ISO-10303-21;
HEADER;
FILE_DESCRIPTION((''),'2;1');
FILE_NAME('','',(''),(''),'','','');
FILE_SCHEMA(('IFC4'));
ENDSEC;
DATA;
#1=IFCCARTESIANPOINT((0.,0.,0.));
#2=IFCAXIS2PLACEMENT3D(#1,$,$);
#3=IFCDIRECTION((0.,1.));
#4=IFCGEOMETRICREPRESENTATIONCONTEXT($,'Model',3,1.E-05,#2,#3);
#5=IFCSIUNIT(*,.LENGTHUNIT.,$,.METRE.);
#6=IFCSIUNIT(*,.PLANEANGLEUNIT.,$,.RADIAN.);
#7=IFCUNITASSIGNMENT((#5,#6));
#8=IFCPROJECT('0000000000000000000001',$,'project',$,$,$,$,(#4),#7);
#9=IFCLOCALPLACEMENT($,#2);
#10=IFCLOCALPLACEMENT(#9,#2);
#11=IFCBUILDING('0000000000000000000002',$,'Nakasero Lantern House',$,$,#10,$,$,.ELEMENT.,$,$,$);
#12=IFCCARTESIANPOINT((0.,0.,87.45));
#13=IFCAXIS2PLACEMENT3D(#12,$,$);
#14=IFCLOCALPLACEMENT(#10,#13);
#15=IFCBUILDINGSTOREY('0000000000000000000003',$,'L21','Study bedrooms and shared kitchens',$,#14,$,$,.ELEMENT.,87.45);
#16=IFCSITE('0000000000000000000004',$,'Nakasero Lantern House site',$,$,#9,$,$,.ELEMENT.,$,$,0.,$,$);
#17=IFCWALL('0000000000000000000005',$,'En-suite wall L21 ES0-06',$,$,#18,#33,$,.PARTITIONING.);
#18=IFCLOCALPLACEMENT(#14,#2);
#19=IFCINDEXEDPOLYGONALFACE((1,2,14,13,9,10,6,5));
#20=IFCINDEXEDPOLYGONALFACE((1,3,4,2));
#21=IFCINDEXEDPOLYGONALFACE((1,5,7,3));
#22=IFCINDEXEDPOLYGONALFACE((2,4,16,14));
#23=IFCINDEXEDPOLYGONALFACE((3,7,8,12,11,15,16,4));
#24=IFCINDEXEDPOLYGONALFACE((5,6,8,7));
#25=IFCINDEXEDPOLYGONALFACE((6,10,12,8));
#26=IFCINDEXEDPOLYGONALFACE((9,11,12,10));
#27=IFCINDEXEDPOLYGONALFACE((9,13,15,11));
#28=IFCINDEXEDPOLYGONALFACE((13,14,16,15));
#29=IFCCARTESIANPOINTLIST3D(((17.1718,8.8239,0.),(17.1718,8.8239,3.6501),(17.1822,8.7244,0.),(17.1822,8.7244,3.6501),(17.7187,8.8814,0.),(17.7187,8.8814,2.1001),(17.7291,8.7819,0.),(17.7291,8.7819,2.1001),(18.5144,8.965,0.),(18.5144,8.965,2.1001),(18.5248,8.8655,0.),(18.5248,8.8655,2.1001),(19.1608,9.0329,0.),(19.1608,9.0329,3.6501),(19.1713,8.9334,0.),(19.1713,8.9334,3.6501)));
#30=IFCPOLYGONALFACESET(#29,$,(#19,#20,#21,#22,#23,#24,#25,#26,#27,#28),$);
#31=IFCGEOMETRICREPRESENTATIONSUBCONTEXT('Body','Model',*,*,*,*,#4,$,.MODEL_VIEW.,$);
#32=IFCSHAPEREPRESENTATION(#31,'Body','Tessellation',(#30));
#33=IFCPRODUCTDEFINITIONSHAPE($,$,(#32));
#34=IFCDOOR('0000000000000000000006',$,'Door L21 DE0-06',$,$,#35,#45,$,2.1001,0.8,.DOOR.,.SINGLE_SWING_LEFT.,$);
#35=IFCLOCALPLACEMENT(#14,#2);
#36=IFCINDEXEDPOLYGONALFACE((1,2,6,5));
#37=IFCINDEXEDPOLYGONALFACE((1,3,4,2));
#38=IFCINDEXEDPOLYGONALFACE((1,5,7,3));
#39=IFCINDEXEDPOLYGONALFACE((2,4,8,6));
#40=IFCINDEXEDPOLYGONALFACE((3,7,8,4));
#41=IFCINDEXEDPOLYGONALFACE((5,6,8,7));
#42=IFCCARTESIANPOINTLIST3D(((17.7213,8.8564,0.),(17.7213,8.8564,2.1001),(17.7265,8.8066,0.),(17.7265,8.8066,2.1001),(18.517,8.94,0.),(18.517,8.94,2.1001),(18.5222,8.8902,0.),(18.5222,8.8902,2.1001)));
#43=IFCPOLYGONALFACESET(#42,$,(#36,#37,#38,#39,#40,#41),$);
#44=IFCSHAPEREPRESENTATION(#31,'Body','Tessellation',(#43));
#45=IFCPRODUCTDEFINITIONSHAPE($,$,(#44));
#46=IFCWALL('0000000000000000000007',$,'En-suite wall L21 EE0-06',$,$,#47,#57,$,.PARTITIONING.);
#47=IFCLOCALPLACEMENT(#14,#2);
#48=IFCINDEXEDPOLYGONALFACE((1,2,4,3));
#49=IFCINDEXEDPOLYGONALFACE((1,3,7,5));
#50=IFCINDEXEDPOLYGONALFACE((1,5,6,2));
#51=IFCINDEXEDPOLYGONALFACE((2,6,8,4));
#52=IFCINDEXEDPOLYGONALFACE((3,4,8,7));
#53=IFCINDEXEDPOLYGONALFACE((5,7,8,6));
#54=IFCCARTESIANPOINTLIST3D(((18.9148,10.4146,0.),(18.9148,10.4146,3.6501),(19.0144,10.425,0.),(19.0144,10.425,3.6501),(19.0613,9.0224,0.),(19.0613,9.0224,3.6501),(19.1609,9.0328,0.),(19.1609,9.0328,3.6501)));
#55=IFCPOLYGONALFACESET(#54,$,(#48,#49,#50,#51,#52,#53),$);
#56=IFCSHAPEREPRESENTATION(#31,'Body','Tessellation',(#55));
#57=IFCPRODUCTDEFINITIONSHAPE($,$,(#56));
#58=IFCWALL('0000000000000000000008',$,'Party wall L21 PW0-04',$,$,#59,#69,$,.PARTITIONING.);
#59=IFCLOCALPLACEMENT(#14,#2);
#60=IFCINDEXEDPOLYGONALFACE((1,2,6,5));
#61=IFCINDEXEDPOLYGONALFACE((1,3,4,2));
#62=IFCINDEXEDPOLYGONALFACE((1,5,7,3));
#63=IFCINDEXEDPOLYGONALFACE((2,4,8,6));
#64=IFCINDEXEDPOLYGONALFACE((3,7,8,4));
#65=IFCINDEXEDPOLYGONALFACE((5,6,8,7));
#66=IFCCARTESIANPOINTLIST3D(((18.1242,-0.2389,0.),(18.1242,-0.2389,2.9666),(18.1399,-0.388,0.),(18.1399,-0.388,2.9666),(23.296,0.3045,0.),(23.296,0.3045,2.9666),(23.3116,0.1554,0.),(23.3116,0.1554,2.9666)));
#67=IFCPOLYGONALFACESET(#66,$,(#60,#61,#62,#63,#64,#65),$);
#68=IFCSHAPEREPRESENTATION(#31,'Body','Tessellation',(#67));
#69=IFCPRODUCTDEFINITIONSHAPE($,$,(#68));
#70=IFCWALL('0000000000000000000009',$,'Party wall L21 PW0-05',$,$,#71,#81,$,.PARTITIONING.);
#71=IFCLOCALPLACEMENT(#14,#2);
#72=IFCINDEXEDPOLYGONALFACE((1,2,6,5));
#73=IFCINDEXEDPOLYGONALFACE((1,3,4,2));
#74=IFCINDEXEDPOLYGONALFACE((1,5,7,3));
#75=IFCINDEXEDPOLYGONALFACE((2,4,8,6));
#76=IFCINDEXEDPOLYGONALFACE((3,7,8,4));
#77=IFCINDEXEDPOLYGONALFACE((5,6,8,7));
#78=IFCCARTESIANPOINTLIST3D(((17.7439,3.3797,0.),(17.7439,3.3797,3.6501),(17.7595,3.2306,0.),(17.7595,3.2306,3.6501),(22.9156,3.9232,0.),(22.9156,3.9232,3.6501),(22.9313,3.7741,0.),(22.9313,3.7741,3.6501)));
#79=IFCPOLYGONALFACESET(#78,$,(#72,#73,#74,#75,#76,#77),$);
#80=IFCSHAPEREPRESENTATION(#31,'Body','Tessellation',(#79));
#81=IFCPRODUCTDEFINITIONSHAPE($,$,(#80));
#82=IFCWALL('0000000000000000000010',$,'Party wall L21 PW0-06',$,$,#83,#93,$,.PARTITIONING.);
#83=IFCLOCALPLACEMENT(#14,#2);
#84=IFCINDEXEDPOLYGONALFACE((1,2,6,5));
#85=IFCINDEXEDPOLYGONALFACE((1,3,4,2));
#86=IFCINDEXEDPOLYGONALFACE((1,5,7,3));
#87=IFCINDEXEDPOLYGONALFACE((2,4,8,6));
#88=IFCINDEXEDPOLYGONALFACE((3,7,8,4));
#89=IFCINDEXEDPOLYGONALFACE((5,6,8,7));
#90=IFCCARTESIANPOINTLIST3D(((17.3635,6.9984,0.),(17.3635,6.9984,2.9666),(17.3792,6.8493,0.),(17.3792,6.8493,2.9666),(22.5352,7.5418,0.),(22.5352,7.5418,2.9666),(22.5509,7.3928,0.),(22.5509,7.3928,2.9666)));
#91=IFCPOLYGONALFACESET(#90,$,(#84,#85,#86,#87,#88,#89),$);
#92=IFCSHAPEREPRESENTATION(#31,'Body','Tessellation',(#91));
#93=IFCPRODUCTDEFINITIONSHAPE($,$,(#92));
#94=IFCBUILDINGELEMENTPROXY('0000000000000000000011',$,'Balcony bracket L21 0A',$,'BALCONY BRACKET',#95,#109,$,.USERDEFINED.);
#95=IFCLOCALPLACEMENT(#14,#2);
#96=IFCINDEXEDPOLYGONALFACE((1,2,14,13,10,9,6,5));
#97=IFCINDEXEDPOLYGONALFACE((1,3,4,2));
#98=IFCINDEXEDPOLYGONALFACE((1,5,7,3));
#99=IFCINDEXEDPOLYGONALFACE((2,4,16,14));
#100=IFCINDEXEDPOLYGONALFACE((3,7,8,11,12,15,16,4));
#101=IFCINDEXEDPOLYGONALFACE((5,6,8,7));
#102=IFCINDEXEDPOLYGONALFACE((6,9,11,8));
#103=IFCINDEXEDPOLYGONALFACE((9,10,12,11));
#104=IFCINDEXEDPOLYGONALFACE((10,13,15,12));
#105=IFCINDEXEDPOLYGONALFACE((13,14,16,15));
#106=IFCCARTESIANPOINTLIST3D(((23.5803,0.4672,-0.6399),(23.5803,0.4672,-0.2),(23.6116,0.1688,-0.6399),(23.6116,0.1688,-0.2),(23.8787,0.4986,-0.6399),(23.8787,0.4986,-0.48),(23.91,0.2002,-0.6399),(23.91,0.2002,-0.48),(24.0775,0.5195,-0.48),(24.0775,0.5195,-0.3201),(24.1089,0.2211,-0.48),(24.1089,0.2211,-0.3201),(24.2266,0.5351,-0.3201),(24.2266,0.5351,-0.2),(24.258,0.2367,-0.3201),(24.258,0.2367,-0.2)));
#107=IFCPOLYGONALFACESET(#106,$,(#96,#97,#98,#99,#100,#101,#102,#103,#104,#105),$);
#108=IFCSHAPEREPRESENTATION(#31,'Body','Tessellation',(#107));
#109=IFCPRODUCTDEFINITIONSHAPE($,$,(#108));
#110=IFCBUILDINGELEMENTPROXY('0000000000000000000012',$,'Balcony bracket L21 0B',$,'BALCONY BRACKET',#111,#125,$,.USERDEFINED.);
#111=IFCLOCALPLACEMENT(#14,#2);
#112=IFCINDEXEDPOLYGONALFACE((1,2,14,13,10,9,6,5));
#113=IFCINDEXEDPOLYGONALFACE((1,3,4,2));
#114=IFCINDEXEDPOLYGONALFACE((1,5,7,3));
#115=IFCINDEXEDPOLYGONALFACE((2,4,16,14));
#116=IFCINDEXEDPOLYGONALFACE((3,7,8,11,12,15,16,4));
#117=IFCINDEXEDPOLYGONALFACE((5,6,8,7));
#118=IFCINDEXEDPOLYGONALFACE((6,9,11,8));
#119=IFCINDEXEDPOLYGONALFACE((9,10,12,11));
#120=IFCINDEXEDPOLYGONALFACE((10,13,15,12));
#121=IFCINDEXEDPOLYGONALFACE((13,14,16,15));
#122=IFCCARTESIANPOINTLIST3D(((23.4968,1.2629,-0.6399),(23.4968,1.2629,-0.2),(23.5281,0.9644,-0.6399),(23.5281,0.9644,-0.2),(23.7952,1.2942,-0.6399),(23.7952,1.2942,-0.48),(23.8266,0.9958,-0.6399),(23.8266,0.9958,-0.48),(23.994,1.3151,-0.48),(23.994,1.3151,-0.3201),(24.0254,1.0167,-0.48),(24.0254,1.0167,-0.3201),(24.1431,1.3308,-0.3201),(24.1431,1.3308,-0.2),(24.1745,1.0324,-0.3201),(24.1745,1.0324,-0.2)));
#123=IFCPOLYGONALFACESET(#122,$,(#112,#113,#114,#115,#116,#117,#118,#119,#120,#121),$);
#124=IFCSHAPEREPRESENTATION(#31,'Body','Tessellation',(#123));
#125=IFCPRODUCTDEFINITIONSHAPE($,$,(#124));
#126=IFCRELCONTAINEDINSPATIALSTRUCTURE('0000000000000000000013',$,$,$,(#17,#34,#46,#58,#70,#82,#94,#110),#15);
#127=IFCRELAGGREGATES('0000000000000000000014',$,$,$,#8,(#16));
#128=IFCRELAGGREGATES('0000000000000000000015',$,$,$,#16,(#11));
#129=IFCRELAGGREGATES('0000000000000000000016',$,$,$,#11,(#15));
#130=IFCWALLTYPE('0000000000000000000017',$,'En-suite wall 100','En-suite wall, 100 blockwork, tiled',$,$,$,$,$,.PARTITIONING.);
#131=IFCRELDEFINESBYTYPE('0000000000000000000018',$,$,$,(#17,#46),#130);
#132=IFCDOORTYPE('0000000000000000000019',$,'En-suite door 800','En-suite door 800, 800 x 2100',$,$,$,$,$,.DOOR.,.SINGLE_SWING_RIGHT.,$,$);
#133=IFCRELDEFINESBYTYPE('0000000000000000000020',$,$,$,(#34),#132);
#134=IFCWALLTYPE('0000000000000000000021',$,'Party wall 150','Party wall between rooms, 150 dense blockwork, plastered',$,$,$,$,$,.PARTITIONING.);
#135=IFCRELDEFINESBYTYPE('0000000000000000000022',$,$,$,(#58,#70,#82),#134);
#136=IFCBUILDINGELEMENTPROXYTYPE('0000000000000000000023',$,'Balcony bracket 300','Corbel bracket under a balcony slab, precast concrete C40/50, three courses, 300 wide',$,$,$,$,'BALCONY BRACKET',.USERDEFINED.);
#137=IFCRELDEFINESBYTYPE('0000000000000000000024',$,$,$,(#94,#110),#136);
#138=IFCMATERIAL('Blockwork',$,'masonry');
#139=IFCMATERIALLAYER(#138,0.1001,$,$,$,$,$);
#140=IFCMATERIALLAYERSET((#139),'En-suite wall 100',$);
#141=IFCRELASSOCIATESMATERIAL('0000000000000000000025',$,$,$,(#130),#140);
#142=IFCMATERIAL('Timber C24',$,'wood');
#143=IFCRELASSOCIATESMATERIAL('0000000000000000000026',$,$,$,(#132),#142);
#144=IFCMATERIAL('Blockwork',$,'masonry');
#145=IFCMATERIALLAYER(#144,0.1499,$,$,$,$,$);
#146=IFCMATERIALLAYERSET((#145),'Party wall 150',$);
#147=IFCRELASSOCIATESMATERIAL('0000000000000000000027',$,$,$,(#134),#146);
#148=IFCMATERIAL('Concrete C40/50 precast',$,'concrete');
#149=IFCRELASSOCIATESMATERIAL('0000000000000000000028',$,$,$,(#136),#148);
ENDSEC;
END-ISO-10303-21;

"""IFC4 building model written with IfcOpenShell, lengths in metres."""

from ifc_helpers import new_model, si_unit, direction, frame, frame_2d, origin, place, context, subcontext, project, spatial, polyline, rectangle, outline, extrude, material, layer, layer_set, type_object, element, fill, save


model = new_model("IFC4")

# Units and contexts
model_context = context("Model", 3, precision=1e-05, world=origin(), true_north=direction((0.0, 1.0)))
body_context = subcontext(model_context, "Body", "Model", "MODEL_VIEW")
ifc_project = project(units=[si_unit("LENGTHUNIT", "METRE"), si_unit("PLANEANGLEUNIT", "RADIAN")], contexts=[model_context])

# Site, building, storey
site_placement = place(None, origin())
site = spatial("IfcSite", under=ifc_project, at=site_placement, Name="Nakasero Lantern House site", CompositionType="ELEMENT", RefElevation=0.0)
building_placement = place(site_placement, origin())
building = spatial("IfcBuilding", under=site, at=building_placement, Name="Nakasero Lantern House", CompositionType="ELEMENT")
storey_placement = place(building_placement, frame((0.0, 0.0, 87.45)))
storey = spatial("IfcBuildingStorey", under=building, at=storey_placement, Name="L21", Description="Study bedrooms and shared kitchens", CompositionType="ELEMENT", Elevation=87.45)

# Shared definitions
ifc_material_1 = material(Name="Blockwork", Category="masonry")
ifc_layer_1 = layer(ifc_material_1, 0.1001)
ifc_layer_set_1 = layer_set([ifc_layer_1], Name="En-suite wall 100")
wall_type_1 = type_object("IfcWallType", Name="En-suite wall 100", Description="En-suite wall, 100 blockwork, tiled", PredefinedType="PARTITIONING", material=ifc_layer_set_1)
ifc_material_2 = material(Name="Timber C24", Category="wood")
door_type = type_object("IfcDoorType", Name="En-suite door 800", Description="En-suite door 800, 800 x 2100", OperationType="SINGLE_SWING_RIGHT", PredefinedType="DOOR", material=ifc_material_2)

# Wall, opening, door
wall_1_placement = place(storey_placement, frame((17.177, 8.7742, 0.0), z_axis=(0.0, 0.0, 1.0), x_axis=(0.994526, 0.104494, 0.0)))
wall_1 = element("IfcWall", 1, at=wall_1_placement, inside=storey, type_object=wall_type_1, Name="En-suite wall L21 ES0-06", PredefinedType="PARTITIONING", context=body_context, shape_type="SweptSolid", body=[
    extrude(rectangle(XDim=2.0, YDim=0.1001, at=frame_2d((1.0, 0.0))), origin(), (0.0, 0.0, 1.0), 3.6501),
])
opening_1_placement = place(wall_1_placement, frame((0.55, 0.0, 0.0)))
opening_1 = element("IfcOpeningElement", 2, at=opening_1_placement, cuts=wall_1, PredefinedType="OPENING", context=body_context, shape_type="SweptSolid", body=[
    extrude(rectangle(XDim=0.8, YDim=2.1001, at=frame_2d((0.3999, 1.05))), frame((0.0, 0.0701, 0.0), z_axis=(0.0, -1.0, 0.0), x_axis=(1.0, 0.0, 0.0)), (0.0, 0.0, 1.0), 0.1401),
])
door_1_placement = place(opening_1_placement, origin())
door_1 = element("IfcDoor", 3, at=door_1_placement, inside=storey, type_object=door_type, Name="Door L21 DE0-06", OperationType="SINGLE_SWING_LEFT", OverallHeight=2.1001, OverallWidth=0.8, PredefinedType="DOOR", context=body_context, shape_type="SweptSolid", body=[
    extrude(rectangle(XDim=0.8, YDim=2.1001, at=frame_2d((0.3999, 1.05))), frame((0.0, 0.0249, 0.0), z_axis=(0.0, -1.0, 0.0), x_axis=(1.0, 0.0, 0.0)), (0.0, 0.0, 1.0), 0.05),
])
fill(opening_1, door_1)

# Walls
wall_2_placement = place(storey_placement, frame((19.1111, 9.0276, 0.0), z_axis=(0.0, 0.0, 1.0), x_axis=(-0.10463, 0.994511, 0.0)))
element("IfcWall", 4, at=wall_2_placement, inside=storey, type_object=wall_type_1, Name="En-suite wall L21 EE0-06", PredefinedType="PARTITIONING", context=body_context, shape_type="SweptSolid", body=[
    extrude(rectangle(XDim=1.3999, YDim=0.1001, at=frame_2d((0.7, 0.0))), origin(), (0.0, 0.0, 1.0), 3.6501),
])
ifc_material_3 = material(Name="Blockwork", Category="masonry")
ifc_layer_2 = layer(ifc_material_3, 0.1499)
ifc_layer_set_2 = layer_set([ifc_layer_2], Name="Party wall 150")
wall_type_2 = type_object("IfcWallType", Name="Party wall 150", Description="Party wall between rooms, 150 dense blockwork, plastered", PredefinedType="PARTITIONING", material=ifc_layer_set_2)
wall_3_placement = place(storey_placement, frame((18.1321, -0.3135, 0.0), z_axis=(0.0, 0.0, 1.0), x_axis=(0.994524, 0.104509, 0.0)))
element("IfcWall", 5, at=wall_3_placement, inside=storey, type_object=wall_type_2, Name="Party wall L21 PW0-04", PredefinedType="PARTITIONING", context=body_context, shape_type="SweptSolid", body=[
    extrude(rectangle(XDim=5.2002, YDim=0.1499, at=frame_2d((2.6001, 0.0))), origin(), (0.0, 0.0, 1.0), 2.9666),
])
wall_4_placement = place(storey_placement, frame((17.7517, 3.3052, 0.0), z_axis=(0.0, 0.0, 1.0), x_axis=(0.994524, 0.104509, 0.0)))
element("IfcWall", 6, at=wall_4_placement, inside=storey, type_object=wall_type_2, Name="Party wall L21 PW0-05", PredefinedType="PARTITIONING", context=body_context, shape_type="SweptSolid", body=[
    extrude(rectangle(XDim=5.2002, YDim=0.1499, at=frame_2d((2.6001, 0.0))), origin(), (0.0, 0.0, 1.0), 3.6501),
])
wall_5_placement = place(storey_placement, frame((17.3713, 6.9238, 0.0), z_axis=(0.0, 0.0, 1.0), x_axis=(0.994524, 0.104509, 0.0)))
element("IfcWall", 7, at=wall_5_placement, inside=storey, type_object=wall_type_2, Name="Party wall L21 PW0-06", PredefinedType="PARTITIONING", context=body_context, shape_type="SweptSolid", body=[
    extrude(rectangle(XDim=5.2002, YDim=0.1499, at=frame_2d((2.6001, 0.0))), origin(), (0.0, 0.0, 1.0), 2.9666),
])

# Building element proxies
ifc_material_4 = material(Name="Concrete C40/50 precast", Category="concrete")
building_element_proxy_type = type_object("IfcBuildingElementProxyType", Name="Balcony bracket 300", Description="Corbel bracket under a balcony slab, precast concrete C40/50, three courses, 300 wide", ElementType="BALCONY BRACKET", PredefinedType="USERDEFINED", material=ifc_material_4)
for number, where, z_axis, x_axis, name in (
    (8, (23.5959, 0.3181, -0.2), (0.0, 0.0, 1.0), (0.994522, 0.104528, 0.0), "Balcony bracket L21 0A"),
    (9, (23.5125, 1.1138, -0.2), (0.0, 0.0, 1.0), (0.994522, 0.104528, 0.0), "Balcony bracket L21 0B"),
):
    element("IfcBuildingElementProxy", number, at=place(storey_placement, frame(where, z_axis=z_axis, x_axis=x_axis)), inside=storey, type_object=building_element_proxy_type, Name=name, ObjectType="BALCONY BRACKET", PredefinedType="USERDEFINED", context=body_context, shape_type="SweptSolid", body=[
        extrude(outline(polyline([(0.0, 0.0), (0.6499, 0.0), (0.6499, -0.1201), (0.5, -0.1201), (0.5, -0.28), (0.3, -0.28), (0.3, -0.4399), (0.0, -0.4399), (0.0, 0.0)])), frame((0.0, 0.1499, 0.0), z_axis=(0.0, -1.0, 0.0), x_axis=(1.0, 0.0, 0.0)), (0.0, 0.0, 1.0), 0.3),
    ])

save(model, "model.ifc")
